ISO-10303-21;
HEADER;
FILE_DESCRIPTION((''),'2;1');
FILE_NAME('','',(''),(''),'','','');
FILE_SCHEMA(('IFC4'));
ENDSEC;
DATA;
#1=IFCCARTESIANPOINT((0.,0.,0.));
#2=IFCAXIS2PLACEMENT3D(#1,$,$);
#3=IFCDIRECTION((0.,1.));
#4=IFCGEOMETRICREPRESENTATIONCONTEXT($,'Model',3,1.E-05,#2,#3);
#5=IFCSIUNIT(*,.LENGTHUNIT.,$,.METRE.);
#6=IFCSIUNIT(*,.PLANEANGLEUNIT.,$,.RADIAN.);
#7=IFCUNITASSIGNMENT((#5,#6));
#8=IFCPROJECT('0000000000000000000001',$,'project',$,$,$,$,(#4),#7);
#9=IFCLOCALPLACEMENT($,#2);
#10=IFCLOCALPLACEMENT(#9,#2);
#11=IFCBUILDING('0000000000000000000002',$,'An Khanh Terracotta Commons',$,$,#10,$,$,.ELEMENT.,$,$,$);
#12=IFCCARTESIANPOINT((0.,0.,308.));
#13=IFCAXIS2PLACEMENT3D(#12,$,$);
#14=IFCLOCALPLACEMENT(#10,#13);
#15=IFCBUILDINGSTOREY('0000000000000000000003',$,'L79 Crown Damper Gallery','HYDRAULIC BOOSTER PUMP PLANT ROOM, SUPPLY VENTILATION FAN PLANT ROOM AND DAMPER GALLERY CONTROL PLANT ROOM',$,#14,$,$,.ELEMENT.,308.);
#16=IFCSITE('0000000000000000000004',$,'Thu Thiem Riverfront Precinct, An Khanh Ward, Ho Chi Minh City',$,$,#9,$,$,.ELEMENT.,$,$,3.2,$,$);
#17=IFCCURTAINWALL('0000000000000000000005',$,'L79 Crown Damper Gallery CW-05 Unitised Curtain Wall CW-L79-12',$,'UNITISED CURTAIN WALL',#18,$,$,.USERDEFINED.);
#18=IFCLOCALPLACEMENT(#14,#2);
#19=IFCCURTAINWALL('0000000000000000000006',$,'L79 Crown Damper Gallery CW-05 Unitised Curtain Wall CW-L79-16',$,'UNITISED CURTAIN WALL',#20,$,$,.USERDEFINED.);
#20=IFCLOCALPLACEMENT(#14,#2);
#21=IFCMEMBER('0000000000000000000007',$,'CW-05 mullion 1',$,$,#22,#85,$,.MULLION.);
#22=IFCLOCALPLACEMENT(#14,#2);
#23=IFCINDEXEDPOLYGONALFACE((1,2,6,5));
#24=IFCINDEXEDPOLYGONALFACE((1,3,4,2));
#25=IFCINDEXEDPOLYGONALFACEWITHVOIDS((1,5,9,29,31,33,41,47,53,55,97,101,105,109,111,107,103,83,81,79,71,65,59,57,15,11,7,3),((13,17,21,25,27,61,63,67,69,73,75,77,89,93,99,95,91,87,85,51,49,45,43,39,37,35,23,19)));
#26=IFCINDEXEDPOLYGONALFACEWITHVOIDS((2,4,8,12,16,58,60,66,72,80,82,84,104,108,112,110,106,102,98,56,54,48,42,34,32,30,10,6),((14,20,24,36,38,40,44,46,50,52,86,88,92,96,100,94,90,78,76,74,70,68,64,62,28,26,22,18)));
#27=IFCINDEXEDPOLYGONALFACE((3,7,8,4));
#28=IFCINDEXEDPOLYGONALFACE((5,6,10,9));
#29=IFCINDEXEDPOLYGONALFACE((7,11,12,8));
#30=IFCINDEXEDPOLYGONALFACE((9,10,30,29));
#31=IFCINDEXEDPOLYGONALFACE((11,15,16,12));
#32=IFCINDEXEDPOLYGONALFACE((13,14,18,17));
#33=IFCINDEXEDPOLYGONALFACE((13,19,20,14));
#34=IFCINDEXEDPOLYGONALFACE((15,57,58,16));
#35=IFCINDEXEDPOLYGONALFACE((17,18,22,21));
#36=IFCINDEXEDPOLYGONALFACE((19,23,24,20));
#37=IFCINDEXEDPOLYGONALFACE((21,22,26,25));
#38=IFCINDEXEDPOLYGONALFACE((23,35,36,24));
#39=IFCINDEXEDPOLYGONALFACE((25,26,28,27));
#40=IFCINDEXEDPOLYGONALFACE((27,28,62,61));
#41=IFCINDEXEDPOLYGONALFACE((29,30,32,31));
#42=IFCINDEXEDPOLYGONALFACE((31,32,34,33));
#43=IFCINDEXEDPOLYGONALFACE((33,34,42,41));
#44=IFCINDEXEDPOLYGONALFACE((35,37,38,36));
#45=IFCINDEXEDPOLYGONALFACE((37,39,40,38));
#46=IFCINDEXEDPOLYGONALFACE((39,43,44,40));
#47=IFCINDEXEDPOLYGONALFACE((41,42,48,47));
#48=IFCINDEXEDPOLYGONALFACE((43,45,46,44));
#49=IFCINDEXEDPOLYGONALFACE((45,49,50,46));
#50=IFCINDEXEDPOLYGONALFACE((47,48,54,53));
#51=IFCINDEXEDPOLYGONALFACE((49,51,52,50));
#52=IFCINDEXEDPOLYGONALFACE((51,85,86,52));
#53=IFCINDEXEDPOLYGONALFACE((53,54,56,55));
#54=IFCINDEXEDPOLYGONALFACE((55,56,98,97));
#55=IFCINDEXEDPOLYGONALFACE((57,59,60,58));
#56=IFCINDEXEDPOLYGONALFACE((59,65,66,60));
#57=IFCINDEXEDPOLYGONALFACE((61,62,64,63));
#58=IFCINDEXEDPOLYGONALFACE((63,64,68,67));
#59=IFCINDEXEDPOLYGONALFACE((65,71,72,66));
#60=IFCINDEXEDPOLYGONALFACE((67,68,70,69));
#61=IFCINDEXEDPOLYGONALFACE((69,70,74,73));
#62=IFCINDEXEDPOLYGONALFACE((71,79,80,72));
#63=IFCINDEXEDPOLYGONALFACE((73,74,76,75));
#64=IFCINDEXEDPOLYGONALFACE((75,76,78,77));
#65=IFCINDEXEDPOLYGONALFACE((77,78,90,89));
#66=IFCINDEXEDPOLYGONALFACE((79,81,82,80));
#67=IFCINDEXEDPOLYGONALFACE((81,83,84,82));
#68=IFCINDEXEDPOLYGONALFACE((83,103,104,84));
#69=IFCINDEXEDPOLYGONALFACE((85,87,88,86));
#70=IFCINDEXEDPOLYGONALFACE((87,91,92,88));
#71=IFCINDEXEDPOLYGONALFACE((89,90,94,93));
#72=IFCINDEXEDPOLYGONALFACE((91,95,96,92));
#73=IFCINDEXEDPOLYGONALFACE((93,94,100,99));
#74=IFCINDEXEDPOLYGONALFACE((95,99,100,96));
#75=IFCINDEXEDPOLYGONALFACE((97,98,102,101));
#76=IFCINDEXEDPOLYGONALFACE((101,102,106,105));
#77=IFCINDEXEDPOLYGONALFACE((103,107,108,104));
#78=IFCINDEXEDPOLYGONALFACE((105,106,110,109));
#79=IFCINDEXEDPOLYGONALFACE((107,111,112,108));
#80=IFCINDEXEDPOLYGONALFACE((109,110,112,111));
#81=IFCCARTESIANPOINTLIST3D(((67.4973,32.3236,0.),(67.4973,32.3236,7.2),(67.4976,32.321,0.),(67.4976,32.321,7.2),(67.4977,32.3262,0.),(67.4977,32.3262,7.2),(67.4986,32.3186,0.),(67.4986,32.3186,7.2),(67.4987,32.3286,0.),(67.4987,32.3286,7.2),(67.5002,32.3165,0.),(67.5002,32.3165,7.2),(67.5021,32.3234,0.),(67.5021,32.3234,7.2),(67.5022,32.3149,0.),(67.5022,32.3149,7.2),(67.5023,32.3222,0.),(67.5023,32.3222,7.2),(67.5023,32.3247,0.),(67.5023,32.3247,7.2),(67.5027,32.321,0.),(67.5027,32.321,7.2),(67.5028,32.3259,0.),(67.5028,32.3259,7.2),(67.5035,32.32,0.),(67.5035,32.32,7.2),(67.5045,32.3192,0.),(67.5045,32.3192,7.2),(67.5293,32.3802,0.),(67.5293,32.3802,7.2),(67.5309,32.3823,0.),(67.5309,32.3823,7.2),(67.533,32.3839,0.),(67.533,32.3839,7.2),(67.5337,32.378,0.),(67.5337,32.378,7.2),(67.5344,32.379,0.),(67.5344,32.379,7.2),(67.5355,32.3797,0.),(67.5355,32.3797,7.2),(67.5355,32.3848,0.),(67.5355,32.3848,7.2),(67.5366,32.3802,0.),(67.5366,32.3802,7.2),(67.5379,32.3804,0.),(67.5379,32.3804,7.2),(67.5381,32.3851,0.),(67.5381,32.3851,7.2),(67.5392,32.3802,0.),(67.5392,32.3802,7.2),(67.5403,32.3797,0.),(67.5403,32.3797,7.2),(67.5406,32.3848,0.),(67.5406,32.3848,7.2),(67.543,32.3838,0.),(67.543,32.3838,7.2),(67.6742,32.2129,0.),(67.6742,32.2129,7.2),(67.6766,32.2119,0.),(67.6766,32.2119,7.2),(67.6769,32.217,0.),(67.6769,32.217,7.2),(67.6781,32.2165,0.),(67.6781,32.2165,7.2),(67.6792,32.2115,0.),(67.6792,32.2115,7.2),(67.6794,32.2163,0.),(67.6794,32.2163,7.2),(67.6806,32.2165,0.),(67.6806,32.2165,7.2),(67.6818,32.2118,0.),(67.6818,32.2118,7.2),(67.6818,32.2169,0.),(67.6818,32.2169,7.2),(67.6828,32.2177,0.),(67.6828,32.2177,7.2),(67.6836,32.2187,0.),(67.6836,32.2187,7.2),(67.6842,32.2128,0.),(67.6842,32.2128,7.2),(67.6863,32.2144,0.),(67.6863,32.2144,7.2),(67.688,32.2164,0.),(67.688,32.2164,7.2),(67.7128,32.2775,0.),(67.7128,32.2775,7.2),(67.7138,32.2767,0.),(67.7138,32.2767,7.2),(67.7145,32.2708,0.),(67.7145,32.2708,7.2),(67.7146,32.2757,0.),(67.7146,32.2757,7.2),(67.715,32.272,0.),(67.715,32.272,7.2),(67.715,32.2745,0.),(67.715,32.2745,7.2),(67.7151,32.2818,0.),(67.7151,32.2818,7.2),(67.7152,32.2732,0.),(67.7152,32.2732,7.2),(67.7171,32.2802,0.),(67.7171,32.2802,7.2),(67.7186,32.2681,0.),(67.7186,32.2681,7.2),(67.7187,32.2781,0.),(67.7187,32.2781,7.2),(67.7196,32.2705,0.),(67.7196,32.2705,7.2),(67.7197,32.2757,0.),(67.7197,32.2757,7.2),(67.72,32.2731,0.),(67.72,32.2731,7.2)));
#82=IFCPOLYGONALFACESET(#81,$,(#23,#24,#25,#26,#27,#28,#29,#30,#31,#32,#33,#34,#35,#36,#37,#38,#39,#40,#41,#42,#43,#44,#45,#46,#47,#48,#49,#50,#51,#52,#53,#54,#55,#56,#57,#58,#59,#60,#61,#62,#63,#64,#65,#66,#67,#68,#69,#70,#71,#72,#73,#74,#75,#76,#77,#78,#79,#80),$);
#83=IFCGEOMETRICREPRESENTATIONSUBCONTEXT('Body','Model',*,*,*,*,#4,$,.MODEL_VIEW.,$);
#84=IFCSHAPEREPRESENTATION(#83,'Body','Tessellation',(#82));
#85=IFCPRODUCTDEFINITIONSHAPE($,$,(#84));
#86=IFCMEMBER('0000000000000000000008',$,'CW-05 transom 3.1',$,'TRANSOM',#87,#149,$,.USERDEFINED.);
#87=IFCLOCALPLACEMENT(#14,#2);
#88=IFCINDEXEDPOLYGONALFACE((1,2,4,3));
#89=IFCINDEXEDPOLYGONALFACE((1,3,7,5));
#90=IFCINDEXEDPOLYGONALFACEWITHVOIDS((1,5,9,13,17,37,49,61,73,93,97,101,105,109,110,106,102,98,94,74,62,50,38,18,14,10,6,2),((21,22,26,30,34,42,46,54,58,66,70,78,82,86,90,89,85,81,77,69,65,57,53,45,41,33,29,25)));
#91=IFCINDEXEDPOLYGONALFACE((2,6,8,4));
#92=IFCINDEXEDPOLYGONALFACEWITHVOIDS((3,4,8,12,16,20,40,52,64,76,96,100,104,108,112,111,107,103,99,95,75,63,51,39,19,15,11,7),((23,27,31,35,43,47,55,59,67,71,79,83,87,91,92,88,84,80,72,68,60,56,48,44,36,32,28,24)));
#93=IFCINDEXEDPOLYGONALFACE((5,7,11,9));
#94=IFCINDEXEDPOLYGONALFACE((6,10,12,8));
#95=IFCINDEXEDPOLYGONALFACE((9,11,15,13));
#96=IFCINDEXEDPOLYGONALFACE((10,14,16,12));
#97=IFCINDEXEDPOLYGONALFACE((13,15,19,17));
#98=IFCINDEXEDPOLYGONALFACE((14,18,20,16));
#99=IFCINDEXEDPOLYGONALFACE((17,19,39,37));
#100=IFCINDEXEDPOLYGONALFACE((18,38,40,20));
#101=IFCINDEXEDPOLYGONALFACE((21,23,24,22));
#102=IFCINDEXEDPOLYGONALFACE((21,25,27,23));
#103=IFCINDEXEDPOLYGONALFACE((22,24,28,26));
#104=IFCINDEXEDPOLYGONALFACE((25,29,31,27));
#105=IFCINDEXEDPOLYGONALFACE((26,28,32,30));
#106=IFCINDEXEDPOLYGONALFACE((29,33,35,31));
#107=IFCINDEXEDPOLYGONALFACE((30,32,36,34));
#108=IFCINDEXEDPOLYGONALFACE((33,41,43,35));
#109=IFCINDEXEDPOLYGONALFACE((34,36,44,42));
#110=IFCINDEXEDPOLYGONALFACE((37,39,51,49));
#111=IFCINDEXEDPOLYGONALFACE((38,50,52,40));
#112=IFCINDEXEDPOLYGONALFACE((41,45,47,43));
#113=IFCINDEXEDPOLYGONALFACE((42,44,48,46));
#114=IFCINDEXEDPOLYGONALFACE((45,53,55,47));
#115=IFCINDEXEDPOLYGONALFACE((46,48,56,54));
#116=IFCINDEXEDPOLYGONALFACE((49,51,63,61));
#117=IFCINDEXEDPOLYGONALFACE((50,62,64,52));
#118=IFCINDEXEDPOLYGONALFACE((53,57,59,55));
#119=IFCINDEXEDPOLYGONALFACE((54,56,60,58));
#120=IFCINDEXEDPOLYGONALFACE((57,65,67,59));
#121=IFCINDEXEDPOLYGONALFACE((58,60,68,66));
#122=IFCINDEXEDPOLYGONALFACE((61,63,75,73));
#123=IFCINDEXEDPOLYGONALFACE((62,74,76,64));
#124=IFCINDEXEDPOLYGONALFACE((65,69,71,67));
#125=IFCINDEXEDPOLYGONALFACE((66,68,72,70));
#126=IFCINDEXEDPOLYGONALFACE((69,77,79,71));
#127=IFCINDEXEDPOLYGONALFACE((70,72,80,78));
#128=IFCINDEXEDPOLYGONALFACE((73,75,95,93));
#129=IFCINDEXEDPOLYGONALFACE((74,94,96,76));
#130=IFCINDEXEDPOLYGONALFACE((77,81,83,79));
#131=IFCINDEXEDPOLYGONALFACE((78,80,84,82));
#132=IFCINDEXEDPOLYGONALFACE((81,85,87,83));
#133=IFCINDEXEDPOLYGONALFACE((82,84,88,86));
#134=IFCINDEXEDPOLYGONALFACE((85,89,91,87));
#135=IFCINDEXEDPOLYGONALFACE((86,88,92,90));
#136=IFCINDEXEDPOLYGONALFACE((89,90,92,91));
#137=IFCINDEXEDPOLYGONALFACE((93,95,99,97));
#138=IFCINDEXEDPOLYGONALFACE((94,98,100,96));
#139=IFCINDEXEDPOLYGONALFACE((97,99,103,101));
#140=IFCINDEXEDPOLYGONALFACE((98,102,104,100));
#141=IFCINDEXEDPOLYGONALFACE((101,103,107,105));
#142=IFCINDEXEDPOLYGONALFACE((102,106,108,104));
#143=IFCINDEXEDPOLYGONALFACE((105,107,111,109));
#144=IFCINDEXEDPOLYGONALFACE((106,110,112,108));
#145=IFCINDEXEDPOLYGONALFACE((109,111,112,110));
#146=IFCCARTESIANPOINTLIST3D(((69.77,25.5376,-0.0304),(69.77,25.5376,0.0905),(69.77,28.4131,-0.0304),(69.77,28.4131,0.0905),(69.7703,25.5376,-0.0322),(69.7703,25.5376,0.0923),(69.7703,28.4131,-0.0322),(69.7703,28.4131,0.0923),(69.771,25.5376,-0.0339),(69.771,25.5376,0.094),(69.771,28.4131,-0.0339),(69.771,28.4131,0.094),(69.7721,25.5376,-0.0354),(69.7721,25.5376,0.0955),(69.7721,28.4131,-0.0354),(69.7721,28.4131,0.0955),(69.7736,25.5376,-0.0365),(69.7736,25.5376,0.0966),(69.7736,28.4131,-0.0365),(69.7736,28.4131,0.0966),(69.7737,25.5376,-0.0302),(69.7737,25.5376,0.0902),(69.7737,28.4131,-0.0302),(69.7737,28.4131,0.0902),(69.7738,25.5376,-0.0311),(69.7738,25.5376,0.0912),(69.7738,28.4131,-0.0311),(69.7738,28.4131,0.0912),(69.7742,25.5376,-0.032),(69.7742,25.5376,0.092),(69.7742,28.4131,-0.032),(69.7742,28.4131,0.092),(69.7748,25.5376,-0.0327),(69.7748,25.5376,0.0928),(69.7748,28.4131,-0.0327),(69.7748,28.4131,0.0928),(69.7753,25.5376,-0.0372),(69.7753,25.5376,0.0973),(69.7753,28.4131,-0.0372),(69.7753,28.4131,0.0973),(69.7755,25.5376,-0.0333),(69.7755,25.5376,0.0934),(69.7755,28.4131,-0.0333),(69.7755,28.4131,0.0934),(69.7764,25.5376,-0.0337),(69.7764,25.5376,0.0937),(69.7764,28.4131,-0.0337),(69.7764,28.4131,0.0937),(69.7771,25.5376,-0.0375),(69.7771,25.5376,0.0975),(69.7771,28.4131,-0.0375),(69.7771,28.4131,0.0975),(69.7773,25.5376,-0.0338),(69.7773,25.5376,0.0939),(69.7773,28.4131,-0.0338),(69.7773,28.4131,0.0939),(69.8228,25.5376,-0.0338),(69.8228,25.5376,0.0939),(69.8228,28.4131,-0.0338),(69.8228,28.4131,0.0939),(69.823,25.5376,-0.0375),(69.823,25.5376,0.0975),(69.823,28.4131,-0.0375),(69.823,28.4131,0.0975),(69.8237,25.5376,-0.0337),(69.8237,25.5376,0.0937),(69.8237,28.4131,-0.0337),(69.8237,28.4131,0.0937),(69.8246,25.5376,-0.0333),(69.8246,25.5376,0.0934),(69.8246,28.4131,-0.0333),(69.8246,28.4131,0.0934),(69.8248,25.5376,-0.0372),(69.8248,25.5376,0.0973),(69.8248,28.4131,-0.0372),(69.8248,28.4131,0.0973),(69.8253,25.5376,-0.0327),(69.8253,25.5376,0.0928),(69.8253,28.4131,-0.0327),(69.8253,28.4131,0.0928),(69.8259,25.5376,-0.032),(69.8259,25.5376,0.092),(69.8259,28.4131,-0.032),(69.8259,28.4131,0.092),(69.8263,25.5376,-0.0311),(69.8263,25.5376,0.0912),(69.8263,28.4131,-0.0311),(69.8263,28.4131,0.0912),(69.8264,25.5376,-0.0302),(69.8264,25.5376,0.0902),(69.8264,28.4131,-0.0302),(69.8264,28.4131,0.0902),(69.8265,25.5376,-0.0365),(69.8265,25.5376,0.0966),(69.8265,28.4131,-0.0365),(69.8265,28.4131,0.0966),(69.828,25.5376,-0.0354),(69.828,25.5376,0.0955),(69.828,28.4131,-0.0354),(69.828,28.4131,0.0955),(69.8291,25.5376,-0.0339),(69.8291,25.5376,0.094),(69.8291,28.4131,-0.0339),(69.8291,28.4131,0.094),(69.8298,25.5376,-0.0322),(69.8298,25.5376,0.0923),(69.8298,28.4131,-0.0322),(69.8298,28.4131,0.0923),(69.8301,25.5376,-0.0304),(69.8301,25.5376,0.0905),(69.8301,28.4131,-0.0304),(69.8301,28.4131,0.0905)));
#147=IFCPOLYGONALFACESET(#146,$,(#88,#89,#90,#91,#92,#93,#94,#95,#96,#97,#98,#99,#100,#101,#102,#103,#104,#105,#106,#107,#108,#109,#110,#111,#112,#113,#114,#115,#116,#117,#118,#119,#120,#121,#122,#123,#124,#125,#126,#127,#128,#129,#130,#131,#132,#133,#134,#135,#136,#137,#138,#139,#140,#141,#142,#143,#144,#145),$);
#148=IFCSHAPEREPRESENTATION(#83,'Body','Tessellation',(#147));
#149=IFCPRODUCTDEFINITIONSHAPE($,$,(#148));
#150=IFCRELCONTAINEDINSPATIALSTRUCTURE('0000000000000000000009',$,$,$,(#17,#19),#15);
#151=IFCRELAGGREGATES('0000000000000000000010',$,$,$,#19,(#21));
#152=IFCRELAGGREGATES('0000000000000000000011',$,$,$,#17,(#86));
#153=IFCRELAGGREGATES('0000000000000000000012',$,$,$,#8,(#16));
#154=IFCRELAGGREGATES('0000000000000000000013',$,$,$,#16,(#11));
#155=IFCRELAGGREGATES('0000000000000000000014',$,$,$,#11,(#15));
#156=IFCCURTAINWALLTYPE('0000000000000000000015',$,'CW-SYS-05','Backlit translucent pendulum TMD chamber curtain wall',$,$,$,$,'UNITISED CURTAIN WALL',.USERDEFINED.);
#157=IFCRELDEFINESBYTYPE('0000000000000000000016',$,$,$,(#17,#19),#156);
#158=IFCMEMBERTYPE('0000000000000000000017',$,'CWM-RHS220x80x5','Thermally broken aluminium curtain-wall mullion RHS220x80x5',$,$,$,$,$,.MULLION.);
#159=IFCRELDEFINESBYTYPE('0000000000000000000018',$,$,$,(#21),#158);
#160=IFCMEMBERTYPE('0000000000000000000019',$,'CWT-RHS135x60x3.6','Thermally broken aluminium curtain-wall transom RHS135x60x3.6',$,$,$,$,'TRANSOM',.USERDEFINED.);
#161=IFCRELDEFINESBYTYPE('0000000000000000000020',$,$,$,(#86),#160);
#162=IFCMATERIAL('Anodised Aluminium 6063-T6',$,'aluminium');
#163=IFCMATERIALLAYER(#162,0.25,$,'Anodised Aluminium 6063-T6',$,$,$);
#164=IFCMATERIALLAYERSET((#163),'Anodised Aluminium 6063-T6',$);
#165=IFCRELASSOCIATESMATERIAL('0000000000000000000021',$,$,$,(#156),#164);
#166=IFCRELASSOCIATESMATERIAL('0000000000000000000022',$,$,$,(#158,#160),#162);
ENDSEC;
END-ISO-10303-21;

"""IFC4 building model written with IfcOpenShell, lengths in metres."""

from ifc_helpers import new_model, si_unit, direction, frame, origin, origin_2d, place, context, subcontext, project, spatial, hollow_rectangle, extrude, material, layer, layer_set, material_profile, profile_set, type_object, element, aggregate, save


model = new_model("IFC4")

# Units and contexts
model_context = context("Model", 3, precision=1e-05, world=origin(), true_north=direction((0.0, 1.0)))
body_context = subcontext(model_context, "Body", "Model", "MODEL_VIEW")
ifc_project = project(units=[si_unit("LENGTHUNIT", "METRE"), si_unit("PLANEANGLEUNIT", "RADIAN")], contexts=[model_context])

# Site, building, storey
site_placement = place(None, origin())
site = spatial("IfcSite", under=ifc_project, at=site_placement, Name="Thu Thiem Riverfront Precinct, An Khanh Ward, Ho Chi Minh City", CompositionType="ELEMENT", RefElevation=3.2)
building_placement = place(site_placement, origin())
building = spatial("IfcBuilding", under=site, at=building_placement, Name="An Khanh Terracotta Commons", CompositionType="ELEMENT")
storey_placement = place(building_placement, frame((0.0, 0.0, 308.0)))
storey = spatial("IfcBuildingStorey", under=building, at=storey_placement, Name="L79 Crown Damper Gallery", Description="HYDRAULIC BOOSTER PUMP PLANT ROOM, SUPPLY VENTILATION FAN PLANT ROOM AND DAMPER GALLERY CONTROL PLANT ROOM", CompositionType="ELEMENT", Elevation=308.0)

# Curtain wall
ifc_material_1 = material(Name="Anodised Aluminium 6063-T6", Category="aluminium")
ifc_layer_1 = layer(ifc_material_1, 0.25, Name="Anodised Aluminium 6063-T6")
ifc_layer_set_1 = layer_set([ifc_layer_1], Name="Anodised Aluminium 6063-T6")
curtain_wall_type = type_object("IfcCurtainWallType", Name="CW-SYS-05", Description="Backlit translucent pendulum TMD chamber curtain wall", ElementType="UNITISED CURTAIN WALL", PredefinedType="USERDEFINED", material=ifc_layer_set_1)
curtain_wall_1_placement = place(storey_placement, origin())
curtain_wall_1 = element("IfcCurtainWall", 1, at=curtain_wall_1_placement, inside=storey, type_object=curtain_wall_type, Name="L79 Crown Damper Gallery CW-05 Unitised Curtain Wall CW-L79-12", ObjectType="UNITISED CURTAIN WALL", PredefinedType="USERDEFINED")
ifc_material_profile_1 = material_profile(ifc_material_1, hollow_rectangle(XDim=0.0801, YDim=0.22, WallThickness=0.0049, InnerFilletRadius=0.0049, OuterFilletRadius=0.01, at=origin_2d()), Name="RHS220x80x5")
ifc_profile_set_1 = profile_set([ifc_material_profile_1], Name="Anodised Aluminium 6063-T6")
member_type_1 = type_object("IfcMemberType", Name="CWM-RHS220x80x5", Description="Thermally broken aluminium curtain-wall mullion RHS220x80x5", PredefinedType="MULLION", material=ifc_profile_set_1)

# Curtain wall, member
curtain_wall_2_placement = place(storey_placement, origin())
curtain_wall_2 = element("IfcCurtainWall", 2, at=curtain_wall_2_placement, inside=storey, type_object=curtain_wall_type, Name="L79 Crown Damper Gallery CW-05 Unitised Curtain Wall CW-L79-16", ObjectType="UNITISED CURTAIN WALL", PredefinedType="USERDEFINED")
member_1_placement = place(storey_placement, frame((67.6086, 32.2983, 0.0), z_axis=(0.0, 0.0, 1.0), x_axis=(-0.509781, -0.860304, 0.0)))
member_1 = element("IfcMember", 3, at=member_1_placement, type_object=member_type_1, Name="CW-05 mullion 1", PredefinedType="MULLION", context=body_context, shape_type="SweptSolid", body=[
    extrude(hollow_rectangle(XDim=0.0801, YDim=0.22, WallThickness=0.0049, InnerFilletRadius=0.0049, OuterFilletRadius=0.01, at=origin_2d()), origin(), (0.0, 0.0, 1.0), 7.2),
])

# Member
ifc_material_profile_2 = material_profile(ifc_material_1, hollow_rectangle(XDim=0.0601, YDim=0.135, WallThickness=0.0037, InnerFilletRadius=0.0037, OuterFilletRadius=0.0071, at=origin_2d()), Name="RHS135x60x3.6")
ifc_profile_set_2 = profile_set([ifc_material_profile_2], Name="Anodised Aluminium 6063-T6")
member_type_2 = type_object("IfcMemberType", Name="CWT-RHS135x60x3.6", Description="Thermally broken aluminium curtain-wall transom RHS135x60x3.6", ElementType="TRANSOM", PredefinedType="USERDEFINED", material=ifc_profile_set_2)
member_2_placement = place(storey_placement, frame((69.8, 25.5376, 0.03), z_axis=(0.0, 1.0, 0.0), x_axis=(-1.0, 0.0, 0.0)))
member_2 = element("IfcMember", 4, at=member_2_placement, type_object=member_type_2, Name="CW-05 transom 3.1", ObjectType="TRANSOM", PredefinedType="USERDEFINED", context=body_context, shape_type="SweptSolid", body=[
    extrude(hollow_rectangle(XDim=0.0601, YDim=0.135, WallThickness=0.0037, InnerFilletRadius=0.0037, OuterFilletRadius=0.0071, at=origin_2d()), origin(), (0.0, 0.0, 1.0), 2.8755),
])
aggregate(curtain_wall_2, [member_1])

aggregate(curtain_wall_1, [member_2])

save(model, "model.ifc")
